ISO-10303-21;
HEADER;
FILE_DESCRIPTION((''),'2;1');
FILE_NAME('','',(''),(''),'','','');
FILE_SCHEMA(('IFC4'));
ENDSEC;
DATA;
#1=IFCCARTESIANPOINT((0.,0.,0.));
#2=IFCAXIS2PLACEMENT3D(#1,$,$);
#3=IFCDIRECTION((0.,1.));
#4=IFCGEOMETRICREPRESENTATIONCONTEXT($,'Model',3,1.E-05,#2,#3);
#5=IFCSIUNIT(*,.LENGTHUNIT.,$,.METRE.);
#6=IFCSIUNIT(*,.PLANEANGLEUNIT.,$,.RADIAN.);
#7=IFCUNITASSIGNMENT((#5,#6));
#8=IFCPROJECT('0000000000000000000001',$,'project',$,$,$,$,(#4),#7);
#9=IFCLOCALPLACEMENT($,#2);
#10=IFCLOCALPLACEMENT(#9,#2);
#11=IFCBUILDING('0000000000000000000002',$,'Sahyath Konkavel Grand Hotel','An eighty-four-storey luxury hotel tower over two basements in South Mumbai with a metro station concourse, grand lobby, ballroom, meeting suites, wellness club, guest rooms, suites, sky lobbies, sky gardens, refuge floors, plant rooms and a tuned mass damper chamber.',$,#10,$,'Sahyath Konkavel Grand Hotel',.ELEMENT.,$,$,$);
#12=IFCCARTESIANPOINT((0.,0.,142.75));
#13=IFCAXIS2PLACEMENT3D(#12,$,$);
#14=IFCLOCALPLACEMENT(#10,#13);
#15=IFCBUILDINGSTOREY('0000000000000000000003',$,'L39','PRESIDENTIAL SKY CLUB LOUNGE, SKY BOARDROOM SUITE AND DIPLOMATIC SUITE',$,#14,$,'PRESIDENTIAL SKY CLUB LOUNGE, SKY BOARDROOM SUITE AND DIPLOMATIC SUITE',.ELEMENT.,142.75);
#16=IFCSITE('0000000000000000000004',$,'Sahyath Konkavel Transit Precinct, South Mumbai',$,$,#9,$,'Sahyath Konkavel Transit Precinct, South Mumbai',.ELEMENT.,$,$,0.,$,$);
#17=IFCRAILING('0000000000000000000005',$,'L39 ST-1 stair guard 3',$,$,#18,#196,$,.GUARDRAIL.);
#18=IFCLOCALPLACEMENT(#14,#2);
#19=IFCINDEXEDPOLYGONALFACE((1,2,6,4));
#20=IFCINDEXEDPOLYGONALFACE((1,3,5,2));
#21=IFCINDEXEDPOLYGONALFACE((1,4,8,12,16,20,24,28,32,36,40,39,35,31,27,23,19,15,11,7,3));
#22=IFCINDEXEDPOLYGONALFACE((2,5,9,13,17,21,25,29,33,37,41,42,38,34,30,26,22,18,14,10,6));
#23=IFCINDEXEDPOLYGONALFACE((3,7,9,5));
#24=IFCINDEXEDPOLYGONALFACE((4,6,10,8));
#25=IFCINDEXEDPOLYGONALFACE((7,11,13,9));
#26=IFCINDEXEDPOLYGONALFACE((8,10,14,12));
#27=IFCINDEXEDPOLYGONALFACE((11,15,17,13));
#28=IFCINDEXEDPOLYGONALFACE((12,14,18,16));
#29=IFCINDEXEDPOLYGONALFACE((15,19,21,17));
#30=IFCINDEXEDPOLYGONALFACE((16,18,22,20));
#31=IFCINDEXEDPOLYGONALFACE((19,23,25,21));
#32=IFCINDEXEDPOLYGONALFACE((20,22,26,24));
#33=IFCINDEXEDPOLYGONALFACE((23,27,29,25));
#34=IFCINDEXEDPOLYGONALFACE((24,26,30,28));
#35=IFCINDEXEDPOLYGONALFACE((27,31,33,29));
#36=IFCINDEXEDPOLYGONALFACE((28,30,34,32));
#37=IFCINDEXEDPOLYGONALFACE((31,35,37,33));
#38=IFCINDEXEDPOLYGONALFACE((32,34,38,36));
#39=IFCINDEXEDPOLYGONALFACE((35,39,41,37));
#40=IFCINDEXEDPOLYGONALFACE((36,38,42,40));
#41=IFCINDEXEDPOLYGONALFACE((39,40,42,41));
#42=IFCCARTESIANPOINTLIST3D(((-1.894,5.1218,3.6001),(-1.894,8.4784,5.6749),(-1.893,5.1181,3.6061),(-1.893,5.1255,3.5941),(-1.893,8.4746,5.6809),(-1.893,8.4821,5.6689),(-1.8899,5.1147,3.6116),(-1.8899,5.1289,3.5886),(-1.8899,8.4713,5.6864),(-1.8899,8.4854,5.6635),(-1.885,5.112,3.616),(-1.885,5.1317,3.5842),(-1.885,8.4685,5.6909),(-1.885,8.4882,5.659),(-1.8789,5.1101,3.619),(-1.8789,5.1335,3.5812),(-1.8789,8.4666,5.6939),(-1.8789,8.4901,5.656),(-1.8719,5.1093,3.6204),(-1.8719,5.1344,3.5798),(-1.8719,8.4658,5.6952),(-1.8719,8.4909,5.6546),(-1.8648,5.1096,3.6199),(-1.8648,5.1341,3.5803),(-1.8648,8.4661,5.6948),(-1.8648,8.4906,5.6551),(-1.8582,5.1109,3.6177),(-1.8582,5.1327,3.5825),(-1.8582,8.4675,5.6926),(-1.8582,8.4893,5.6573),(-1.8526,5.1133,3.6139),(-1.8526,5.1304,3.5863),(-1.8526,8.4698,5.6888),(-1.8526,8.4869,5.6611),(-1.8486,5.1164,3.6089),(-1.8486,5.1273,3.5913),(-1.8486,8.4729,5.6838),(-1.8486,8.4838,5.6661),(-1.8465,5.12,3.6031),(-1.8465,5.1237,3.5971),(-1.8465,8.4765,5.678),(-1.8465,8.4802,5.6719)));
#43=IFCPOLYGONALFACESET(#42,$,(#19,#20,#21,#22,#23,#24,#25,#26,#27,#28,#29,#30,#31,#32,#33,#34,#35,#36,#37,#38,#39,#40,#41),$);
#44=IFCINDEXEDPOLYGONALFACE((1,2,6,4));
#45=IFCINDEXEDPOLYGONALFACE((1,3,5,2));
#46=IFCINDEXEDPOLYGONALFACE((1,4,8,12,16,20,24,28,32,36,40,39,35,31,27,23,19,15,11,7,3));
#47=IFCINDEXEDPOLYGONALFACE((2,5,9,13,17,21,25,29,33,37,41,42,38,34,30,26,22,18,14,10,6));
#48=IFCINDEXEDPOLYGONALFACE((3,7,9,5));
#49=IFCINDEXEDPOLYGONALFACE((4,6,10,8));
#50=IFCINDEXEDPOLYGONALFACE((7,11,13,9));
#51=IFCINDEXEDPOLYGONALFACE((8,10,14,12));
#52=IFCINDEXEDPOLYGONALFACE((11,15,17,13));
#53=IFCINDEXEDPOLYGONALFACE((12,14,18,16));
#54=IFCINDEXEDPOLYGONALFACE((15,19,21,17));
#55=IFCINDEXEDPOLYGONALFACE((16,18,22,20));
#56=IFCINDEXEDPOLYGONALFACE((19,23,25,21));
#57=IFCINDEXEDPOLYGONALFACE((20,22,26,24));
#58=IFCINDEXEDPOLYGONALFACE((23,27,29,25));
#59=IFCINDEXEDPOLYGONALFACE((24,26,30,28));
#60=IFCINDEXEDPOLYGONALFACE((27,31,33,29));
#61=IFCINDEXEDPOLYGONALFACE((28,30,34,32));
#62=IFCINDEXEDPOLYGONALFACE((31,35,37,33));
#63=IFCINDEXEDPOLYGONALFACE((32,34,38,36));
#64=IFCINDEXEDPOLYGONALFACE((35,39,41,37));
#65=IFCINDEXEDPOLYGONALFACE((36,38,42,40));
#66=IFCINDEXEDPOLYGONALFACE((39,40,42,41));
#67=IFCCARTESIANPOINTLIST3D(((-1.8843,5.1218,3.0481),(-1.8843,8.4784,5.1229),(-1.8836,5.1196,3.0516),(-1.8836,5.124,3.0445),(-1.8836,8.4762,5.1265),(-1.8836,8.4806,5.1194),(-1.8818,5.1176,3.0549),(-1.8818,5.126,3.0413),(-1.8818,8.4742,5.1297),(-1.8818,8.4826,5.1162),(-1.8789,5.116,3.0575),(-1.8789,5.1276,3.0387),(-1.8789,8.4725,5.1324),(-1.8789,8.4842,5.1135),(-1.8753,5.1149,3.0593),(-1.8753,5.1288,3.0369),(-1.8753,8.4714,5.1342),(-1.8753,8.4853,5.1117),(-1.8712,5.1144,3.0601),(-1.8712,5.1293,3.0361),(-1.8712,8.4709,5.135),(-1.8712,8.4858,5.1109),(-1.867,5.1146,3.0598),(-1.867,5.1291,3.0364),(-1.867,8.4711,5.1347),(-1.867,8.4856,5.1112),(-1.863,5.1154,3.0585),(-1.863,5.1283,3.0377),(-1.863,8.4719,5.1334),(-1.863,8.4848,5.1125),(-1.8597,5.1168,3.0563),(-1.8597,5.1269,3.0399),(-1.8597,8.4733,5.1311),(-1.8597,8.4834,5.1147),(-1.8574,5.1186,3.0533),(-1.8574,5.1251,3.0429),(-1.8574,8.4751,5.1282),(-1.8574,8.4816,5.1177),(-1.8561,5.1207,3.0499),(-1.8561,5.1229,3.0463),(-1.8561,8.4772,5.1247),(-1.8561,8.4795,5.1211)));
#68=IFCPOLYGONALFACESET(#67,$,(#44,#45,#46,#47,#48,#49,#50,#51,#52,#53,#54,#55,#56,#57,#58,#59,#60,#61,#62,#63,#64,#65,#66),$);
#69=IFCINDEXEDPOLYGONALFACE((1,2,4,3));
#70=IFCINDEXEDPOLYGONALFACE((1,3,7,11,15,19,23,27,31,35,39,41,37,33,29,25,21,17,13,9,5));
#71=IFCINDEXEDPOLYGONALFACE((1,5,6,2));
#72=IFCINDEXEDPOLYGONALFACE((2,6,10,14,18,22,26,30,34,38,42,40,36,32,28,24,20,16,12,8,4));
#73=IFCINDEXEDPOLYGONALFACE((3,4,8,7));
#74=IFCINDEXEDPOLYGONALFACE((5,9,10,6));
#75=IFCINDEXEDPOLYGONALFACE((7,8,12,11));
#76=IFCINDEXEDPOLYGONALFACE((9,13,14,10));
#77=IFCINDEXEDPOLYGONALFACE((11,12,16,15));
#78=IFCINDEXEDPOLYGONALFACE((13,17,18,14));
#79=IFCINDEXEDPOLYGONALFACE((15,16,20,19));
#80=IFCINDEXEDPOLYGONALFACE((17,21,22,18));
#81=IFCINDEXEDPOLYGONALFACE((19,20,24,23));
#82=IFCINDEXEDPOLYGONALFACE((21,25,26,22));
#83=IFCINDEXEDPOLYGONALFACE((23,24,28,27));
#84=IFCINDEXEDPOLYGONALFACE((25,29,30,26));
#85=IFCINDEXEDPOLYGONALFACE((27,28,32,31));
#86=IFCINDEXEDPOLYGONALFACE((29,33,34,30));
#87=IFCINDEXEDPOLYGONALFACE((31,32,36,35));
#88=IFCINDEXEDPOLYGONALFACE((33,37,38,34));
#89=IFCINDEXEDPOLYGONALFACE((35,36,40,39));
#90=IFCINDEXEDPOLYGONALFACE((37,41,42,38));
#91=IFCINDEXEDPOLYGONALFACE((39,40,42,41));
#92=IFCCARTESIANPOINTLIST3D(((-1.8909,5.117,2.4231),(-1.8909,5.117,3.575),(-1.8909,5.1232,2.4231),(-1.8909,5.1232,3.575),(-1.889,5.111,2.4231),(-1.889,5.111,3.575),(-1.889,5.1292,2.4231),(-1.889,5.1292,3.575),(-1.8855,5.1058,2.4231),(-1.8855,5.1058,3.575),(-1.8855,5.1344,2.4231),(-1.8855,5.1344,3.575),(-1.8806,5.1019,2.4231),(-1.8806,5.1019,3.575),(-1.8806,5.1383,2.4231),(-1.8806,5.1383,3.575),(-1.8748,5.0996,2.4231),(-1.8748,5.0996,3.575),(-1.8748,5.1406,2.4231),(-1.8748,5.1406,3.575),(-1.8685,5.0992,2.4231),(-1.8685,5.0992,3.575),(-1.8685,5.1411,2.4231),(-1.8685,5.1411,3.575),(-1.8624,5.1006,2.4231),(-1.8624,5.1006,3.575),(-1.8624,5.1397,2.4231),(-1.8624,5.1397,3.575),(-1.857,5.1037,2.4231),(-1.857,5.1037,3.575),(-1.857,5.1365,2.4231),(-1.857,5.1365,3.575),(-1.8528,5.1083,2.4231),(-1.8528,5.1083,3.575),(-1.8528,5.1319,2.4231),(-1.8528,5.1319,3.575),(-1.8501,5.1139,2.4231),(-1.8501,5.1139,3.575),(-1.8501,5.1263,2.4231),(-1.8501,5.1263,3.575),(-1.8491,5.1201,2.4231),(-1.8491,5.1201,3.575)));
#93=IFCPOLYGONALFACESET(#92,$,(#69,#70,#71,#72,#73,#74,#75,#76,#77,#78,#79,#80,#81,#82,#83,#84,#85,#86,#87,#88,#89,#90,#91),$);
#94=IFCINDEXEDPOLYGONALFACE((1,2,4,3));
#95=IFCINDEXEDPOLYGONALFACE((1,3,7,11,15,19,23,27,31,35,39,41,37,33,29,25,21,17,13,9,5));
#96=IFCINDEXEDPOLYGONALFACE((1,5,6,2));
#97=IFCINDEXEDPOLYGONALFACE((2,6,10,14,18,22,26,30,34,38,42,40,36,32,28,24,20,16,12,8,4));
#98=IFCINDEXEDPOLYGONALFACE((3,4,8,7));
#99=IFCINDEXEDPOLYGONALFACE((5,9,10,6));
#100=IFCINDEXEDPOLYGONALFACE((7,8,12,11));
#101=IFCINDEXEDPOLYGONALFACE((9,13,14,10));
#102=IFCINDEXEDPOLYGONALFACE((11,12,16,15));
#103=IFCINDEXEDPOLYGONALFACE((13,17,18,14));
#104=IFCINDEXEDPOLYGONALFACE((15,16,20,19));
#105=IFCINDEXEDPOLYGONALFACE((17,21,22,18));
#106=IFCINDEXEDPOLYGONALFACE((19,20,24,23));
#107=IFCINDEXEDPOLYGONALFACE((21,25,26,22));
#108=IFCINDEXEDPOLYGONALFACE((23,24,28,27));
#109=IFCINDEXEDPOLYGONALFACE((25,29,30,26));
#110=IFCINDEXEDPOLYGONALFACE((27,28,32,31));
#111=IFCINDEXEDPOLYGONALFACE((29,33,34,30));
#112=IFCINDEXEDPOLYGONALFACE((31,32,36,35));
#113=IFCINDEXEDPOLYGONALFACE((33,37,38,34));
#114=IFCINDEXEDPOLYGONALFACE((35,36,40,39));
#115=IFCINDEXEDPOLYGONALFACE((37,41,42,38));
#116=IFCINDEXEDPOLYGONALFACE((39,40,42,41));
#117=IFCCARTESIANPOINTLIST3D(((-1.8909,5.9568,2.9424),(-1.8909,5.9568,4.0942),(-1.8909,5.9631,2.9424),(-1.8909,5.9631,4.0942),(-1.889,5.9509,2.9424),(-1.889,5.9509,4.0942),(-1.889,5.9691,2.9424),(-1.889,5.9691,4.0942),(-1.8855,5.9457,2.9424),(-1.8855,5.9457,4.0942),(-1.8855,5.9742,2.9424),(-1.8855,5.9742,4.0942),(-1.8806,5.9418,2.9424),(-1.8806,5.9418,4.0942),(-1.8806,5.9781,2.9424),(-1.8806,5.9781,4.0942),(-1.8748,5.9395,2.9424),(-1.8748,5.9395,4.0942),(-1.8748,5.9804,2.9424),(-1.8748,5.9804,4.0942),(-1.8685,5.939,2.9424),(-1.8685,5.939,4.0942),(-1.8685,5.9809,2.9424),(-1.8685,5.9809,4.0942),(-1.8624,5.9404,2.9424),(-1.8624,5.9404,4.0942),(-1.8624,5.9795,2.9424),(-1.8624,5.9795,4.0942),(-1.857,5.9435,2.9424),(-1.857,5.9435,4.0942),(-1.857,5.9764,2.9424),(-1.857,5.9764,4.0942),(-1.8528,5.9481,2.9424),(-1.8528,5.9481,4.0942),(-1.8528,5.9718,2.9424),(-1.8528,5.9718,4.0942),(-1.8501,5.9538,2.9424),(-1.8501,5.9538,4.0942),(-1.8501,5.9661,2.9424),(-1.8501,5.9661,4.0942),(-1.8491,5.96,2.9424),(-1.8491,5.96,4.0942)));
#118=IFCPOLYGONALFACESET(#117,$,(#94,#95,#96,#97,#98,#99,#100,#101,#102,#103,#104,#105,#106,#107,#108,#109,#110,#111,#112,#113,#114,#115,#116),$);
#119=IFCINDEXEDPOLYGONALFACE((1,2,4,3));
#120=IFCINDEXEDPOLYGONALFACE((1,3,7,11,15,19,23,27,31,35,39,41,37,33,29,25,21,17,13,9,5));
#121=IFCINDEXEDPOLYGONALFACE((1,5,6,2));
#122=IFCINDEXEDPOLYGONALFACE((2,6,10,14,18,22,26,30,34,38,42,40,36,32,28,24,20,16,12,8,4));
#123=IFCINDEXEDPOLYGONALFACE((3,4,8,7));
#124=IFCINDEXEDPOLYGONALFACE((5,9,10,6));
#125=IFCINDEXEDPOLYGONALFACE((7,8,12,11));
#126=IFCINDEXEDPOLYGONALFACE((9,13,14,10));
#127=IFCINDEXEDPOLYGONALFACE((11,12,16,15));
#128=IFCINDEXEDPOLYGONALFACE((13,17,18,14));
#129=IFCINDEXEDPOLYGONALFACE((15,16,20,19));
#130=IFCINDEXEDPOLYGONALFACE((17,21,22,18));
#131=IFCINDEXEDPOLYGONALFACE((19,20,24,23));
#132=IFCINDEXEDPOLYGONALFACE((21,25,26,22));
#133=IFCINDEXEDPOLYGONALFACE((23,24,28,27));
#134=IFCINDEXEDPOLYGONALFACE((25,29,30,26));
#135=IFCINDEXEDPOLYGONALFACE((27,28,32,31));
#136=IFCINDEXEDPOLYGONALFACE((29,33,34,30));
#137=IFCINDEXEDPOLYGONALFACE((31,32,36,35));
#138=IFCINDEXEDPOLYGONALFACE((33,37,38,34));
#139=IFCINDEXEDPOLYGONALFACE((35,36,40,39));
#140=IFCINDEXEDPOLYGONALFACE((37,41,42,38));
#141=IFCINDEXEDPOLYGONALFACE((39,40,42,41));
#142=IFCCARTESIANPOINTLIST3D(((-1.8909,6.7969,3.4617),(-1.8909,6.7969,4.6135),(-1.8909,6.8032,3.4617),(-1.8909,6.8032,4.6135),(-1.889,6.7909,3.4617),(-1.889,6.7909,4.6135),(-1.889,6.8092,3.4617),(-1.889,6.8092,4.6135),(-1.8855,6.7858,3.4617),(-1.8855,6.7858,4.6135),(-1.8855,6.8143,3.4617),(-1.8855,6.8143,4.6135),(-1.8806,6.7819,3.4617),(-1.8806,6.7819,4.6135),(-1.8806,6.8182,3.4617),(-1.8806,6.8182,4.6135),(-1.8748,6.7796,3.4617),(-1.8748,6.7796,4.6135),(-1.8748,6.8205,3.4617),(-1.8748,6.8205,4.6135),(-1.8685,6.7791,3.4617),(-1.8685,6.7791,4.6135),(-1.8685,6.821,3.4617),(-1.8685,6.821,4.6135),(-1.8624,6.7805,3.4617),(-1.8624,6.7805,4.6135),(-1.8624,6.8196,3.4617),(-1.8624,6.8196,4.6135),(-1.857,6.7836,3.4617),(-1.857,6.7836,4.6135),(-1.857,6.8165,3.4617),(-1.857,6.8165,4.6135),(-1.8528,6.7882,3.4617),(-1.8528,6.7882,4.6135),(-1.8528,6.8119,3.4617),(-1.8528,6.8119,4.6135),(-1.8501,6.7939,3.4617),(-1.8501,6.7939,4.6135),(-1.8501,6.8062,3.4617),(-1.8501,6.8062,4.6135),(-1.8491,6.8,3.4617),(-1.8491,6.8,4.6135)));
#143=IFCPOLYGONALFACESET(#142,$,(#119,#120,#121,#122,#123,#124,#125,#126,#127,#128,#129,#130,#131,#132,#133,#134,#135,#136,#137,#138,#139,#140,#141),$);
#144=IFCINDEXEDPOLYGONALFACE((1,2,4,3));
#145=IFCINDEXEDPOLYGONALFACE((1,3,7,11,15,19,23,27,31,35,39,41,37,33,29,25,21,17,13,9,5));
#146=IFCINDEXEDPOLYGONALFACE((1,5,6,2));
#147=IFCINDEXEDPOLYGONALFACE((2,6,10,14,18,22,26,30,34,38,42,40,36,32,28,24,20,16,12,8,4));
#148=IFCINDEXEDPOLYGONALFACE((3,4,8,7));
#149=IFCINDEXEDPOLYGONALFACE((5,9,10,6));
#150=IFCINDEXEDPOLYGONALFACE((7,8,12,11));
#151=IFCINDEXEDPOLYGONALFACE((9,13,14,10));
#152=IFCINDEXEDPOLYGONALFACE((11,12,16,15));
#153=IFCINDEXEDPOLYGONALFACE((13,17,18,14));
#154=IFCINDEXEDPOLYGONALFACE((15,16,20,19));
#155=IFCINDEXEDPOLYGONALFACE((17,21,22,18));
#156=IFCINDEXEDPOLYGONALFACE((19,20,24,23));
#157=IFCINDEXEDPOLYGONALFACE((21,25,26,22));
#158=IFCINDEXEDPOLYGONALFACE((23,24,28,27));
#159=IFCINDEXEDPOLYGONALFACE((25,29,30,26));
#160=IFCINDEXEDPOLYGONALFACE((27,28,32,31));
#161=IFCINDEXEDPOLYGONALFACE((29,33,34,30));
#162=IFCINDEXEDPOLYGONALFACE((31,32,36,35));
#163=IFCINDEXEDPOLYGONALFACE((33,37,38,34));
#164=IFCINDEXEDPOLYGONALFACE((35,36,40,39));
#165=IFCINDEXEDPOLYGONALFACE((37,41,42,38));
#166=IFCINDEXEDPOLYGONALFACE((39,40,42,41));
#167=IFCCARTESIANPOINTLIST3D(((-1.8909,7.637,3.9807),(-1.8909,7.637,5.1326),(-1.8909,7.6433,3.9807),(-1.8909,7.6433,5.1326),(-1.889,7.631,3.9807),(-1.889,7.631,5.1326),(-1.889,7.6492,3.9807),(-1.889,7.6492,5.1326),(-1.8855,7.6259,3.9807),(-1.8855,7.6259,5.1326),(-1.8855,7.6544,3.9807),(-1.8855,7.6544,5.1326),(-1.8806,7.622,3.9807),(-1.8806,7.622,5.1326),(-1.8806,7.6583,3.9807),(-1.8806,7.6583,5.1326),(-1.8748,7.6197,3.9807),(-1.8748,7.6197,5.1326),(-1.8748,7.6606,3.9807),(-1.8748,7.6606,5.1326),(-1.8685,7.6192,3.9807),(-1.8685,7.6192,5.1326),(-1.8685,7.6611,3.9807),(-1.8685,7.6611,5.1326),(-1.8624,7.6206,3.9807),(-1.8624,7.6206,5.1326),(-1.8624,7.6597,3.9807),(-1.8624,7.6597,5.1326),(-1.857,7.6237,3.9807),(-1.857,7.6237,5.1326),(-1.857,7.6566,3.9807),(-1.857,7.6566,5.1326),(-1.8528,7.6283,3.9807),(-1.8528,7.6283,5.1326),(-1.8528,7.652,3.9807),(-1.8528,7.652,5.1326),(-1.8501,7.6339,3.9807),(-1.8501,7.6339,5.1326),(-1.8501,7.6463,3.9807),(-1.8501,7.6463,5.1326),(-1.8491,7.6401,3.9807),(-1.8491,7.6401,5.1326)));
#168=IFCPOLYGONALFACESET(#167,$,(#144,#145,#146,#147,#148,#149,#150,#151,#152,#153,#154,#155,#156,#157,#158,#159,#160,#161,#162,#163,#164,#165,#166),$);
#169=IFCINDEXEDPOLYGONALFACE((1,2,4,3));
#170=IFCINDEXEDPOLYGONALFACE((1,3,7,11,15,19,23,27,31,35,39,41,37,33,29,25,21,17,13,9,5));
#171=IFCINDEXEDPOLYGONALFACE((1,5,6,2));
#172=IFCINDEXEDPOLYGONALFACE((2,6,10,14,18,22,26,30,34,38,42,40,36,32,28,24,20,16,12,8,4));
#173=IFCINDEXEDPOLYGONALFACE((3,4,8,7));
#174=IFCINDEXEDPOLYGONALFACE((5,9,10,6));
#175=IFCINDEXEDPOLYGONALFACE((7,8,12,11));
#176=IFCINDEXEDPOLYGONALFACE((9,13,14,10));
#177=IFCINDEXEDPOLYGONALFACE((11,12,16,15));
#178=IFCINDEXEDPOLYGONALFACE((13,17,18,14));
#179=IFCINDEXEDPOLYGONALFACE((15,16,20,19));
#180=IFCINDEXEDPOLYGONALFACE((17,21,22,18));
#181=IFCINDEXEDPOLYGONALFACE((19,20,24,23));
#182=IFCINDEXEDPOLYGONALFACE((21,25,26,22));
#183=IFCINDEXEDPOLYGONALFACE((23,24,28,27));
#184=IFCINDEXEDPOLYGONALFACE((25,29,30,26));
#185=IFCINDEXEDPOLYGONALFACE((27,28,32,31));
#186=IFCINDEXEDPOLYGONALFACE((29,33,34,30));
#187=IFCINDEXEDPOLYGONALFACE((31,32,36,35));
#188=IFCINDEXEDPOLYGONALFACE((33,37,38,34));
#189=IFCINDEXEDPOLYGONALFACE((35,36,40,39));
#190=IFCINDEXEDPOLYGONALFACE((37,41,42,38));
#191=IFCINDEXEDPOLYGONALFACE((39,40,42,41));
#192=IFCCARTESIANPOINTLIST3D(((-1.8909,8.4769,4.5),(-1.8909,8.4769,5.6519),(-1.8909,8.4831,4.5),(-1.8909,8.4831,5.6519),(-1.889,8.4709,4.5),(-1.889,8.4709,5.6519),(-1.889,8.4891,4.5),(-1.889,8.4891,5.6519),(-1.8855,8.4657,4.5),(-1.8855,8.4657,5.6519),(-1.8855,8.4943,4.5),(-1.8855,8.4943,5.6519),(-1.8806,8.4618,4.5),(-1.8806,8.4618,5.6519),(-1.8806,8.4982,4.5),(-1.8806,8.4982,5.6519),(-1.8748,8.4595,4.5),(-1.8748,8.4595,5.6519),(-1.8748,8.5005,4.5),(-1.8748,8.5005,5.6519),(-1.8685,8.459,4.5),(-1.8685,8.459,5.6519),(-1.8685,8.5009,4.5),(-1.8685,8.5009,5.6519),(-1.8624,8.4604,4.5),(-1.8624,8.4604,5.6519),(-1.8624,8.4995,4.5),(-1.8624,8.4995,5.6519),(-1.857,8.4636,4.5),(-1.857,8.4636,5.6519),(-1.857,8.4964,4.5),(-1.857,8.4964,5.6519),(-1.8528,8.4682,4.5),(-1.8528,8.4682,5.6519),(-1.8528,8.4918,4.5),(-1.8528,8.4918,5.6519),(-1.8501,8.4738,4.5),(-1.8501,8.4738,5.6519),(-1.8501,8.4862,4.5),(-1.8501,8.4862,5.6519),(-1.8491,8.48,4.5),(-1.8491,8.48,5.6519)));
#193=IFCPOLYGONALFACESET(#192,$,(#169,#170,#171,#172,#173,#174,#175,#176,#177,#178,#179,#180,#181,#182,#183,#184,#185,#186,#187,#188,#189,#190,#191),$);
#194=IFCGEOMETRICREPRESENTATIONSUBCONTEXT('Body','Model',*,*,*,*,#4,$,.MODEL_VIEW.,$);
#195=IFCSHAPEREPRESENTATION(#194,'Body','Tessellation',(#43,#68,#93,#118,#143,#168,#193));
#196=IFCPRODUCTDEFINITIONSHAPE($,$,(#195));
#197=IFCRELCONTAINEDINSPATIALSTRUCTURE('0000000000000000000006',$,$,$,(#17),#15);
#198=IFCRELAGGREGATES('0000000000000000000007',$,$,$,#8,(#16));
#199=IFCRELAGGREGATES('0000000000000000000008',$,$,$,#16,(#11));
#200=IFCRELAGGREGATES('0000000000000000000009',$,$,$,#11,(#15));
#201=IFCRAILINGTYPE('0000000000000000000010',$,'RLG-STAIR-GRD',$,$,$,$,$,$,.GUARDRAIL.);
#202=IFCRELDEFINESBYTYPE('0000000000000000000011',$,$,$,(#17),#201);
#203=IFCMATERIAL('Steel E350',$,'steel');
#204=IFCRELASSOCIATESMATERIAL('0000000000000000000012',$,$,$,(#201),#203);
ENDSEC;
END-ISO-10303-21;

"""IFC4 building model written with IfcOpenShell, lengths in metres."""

from ifc_helpers import new_model, si_unit, direction, frame, origin, origin_2d, place, context, subcontext, project, spatial, circle, extrude, material, type_object, element, save


model = new_model("IFC4")

# Units and contexts
model_context = context("Model", 3, precision=1e-05, world=origin(), true_north=direction((0.0, 1.0)))
body_context = subcontext(model_context, "Body", "Model", "MODEL_VIEW")
ifc_project = project(units=[si_unit("LENGTHUNIT", "METRE"), si_unit("PLANEANGLEUNIT", "RADIAN")], contexts=[model_context])

# Site, building, storey
site_placement = place(None, origin())
site = spatial("IfcSite", under=ifc_project, at=site_placement, Name="Sahyath Konkavel Transit Precinct, South Mumbai", LongName="Sahyath Konkavel Transit Precinct, South Mumbai", CompositionType="ELEMENT", RefElevation=0.0)
building_placement = place(site_placement, origin())
building = spatial("IfcBuilding", under=site, at=building_placement, Name="Sahyath Konkavel Grand Hotel", Description="An eighty-four-storey luxury hotel tower over two basements in South Mumbai with a metro station concourse, grand lobby, ballroom, meeting suites, wellness club, guest rooms, suites, sky lobbies, sky gardens, refuge floors, plant rooms and a tuned mass damper chamber.", LongName="Sahyath Konkavel Grand Hotel", CompositionType="ELEMENT")
storey_placement = place(building_placement, frame((0.0, 0.0, 142.75)))
storey = spatial("IfcBuildingStorey", under=building, at=storey_placement, Name="L39", Description="PRESIDENTIAL SKY CLUB LOUNGE, SKY BOARDROOM SUITE AND DIPLOMATIC SUITE", LongName="PRESIDENTIAL SKY CLUB LOUNGE, SKY BOARDROOM SUITE AND DIPLOMATIC SUITE", CompositionType="ELEMENT", Elevation=142.75)

# Shared definitions
ifc_material_1 = material(Name="Steel E350", Category="steel")

# Railing
railing_type_1 = type_object("IfcRailingType", Name="RLG-STAIR-GRD", PredefinedType="GUARDRAIL", material=ifc_material_1)
railing_1_placement = place(storey_placement, frame((-1.8701, 5.1201, 2.4231)))
element("IfcRailing", 1, at=railing_1_placement, inside=storey, type_object=railing_type_1, Name="L39 ST-1 stair guard 3", PredefinedType="GUARDRAIL", context=body_context, shape_type="SweptSolid", body=[
    extrude(circle(Radius=0.0239, at=origin_2d()), frame((0.0, 0.0017, 1.177), z_axis=(0.0, 0.850606, 0.525803), x_axis=(-1.0, 0.0, 0.0)), (0.0, 0.0, 1.0), 3.946),
    extrude(circle(Radius=0.0142, at=origin_2d()), frame((0.0, 0.0017, 0.625), z_axis=(0.0, 0.850606, 0.525803), x_axis=(-1.0, 0.0, 0.0)), (0.0, 0.0, 1.0), 3.946),
    extrude(circle(Radius=0.021, at=origin_2d()), origin(), (0.0, 0.0, 1.0), 1.1519),
    extrude(circle(Radius=0.021, at=origin_2d()), frame((0.0, 0.8398, 0.5193)), (0.0, 0.0, 1.0), 1.1519),
    extrude(circle(Radius=0.021, at=origin_2d()), frame((0.0, 1.6799, 1.0386)), (0.0, 0.0, 1.0), 1.1519),
    extrude(circle(Radius=0.021, at=origin_2d()), frame((0.0, 2.52, 1.5576)), (0.0, 0.0, 1.0), 1.1519),
    extrude(circle(Radius=0.021, at=origin_2d()), frame((0.0, 3.3599, 2.0769)), (0.0, 0.0, 1.0), 1.1519),
])

save(model, "model.ifc")
